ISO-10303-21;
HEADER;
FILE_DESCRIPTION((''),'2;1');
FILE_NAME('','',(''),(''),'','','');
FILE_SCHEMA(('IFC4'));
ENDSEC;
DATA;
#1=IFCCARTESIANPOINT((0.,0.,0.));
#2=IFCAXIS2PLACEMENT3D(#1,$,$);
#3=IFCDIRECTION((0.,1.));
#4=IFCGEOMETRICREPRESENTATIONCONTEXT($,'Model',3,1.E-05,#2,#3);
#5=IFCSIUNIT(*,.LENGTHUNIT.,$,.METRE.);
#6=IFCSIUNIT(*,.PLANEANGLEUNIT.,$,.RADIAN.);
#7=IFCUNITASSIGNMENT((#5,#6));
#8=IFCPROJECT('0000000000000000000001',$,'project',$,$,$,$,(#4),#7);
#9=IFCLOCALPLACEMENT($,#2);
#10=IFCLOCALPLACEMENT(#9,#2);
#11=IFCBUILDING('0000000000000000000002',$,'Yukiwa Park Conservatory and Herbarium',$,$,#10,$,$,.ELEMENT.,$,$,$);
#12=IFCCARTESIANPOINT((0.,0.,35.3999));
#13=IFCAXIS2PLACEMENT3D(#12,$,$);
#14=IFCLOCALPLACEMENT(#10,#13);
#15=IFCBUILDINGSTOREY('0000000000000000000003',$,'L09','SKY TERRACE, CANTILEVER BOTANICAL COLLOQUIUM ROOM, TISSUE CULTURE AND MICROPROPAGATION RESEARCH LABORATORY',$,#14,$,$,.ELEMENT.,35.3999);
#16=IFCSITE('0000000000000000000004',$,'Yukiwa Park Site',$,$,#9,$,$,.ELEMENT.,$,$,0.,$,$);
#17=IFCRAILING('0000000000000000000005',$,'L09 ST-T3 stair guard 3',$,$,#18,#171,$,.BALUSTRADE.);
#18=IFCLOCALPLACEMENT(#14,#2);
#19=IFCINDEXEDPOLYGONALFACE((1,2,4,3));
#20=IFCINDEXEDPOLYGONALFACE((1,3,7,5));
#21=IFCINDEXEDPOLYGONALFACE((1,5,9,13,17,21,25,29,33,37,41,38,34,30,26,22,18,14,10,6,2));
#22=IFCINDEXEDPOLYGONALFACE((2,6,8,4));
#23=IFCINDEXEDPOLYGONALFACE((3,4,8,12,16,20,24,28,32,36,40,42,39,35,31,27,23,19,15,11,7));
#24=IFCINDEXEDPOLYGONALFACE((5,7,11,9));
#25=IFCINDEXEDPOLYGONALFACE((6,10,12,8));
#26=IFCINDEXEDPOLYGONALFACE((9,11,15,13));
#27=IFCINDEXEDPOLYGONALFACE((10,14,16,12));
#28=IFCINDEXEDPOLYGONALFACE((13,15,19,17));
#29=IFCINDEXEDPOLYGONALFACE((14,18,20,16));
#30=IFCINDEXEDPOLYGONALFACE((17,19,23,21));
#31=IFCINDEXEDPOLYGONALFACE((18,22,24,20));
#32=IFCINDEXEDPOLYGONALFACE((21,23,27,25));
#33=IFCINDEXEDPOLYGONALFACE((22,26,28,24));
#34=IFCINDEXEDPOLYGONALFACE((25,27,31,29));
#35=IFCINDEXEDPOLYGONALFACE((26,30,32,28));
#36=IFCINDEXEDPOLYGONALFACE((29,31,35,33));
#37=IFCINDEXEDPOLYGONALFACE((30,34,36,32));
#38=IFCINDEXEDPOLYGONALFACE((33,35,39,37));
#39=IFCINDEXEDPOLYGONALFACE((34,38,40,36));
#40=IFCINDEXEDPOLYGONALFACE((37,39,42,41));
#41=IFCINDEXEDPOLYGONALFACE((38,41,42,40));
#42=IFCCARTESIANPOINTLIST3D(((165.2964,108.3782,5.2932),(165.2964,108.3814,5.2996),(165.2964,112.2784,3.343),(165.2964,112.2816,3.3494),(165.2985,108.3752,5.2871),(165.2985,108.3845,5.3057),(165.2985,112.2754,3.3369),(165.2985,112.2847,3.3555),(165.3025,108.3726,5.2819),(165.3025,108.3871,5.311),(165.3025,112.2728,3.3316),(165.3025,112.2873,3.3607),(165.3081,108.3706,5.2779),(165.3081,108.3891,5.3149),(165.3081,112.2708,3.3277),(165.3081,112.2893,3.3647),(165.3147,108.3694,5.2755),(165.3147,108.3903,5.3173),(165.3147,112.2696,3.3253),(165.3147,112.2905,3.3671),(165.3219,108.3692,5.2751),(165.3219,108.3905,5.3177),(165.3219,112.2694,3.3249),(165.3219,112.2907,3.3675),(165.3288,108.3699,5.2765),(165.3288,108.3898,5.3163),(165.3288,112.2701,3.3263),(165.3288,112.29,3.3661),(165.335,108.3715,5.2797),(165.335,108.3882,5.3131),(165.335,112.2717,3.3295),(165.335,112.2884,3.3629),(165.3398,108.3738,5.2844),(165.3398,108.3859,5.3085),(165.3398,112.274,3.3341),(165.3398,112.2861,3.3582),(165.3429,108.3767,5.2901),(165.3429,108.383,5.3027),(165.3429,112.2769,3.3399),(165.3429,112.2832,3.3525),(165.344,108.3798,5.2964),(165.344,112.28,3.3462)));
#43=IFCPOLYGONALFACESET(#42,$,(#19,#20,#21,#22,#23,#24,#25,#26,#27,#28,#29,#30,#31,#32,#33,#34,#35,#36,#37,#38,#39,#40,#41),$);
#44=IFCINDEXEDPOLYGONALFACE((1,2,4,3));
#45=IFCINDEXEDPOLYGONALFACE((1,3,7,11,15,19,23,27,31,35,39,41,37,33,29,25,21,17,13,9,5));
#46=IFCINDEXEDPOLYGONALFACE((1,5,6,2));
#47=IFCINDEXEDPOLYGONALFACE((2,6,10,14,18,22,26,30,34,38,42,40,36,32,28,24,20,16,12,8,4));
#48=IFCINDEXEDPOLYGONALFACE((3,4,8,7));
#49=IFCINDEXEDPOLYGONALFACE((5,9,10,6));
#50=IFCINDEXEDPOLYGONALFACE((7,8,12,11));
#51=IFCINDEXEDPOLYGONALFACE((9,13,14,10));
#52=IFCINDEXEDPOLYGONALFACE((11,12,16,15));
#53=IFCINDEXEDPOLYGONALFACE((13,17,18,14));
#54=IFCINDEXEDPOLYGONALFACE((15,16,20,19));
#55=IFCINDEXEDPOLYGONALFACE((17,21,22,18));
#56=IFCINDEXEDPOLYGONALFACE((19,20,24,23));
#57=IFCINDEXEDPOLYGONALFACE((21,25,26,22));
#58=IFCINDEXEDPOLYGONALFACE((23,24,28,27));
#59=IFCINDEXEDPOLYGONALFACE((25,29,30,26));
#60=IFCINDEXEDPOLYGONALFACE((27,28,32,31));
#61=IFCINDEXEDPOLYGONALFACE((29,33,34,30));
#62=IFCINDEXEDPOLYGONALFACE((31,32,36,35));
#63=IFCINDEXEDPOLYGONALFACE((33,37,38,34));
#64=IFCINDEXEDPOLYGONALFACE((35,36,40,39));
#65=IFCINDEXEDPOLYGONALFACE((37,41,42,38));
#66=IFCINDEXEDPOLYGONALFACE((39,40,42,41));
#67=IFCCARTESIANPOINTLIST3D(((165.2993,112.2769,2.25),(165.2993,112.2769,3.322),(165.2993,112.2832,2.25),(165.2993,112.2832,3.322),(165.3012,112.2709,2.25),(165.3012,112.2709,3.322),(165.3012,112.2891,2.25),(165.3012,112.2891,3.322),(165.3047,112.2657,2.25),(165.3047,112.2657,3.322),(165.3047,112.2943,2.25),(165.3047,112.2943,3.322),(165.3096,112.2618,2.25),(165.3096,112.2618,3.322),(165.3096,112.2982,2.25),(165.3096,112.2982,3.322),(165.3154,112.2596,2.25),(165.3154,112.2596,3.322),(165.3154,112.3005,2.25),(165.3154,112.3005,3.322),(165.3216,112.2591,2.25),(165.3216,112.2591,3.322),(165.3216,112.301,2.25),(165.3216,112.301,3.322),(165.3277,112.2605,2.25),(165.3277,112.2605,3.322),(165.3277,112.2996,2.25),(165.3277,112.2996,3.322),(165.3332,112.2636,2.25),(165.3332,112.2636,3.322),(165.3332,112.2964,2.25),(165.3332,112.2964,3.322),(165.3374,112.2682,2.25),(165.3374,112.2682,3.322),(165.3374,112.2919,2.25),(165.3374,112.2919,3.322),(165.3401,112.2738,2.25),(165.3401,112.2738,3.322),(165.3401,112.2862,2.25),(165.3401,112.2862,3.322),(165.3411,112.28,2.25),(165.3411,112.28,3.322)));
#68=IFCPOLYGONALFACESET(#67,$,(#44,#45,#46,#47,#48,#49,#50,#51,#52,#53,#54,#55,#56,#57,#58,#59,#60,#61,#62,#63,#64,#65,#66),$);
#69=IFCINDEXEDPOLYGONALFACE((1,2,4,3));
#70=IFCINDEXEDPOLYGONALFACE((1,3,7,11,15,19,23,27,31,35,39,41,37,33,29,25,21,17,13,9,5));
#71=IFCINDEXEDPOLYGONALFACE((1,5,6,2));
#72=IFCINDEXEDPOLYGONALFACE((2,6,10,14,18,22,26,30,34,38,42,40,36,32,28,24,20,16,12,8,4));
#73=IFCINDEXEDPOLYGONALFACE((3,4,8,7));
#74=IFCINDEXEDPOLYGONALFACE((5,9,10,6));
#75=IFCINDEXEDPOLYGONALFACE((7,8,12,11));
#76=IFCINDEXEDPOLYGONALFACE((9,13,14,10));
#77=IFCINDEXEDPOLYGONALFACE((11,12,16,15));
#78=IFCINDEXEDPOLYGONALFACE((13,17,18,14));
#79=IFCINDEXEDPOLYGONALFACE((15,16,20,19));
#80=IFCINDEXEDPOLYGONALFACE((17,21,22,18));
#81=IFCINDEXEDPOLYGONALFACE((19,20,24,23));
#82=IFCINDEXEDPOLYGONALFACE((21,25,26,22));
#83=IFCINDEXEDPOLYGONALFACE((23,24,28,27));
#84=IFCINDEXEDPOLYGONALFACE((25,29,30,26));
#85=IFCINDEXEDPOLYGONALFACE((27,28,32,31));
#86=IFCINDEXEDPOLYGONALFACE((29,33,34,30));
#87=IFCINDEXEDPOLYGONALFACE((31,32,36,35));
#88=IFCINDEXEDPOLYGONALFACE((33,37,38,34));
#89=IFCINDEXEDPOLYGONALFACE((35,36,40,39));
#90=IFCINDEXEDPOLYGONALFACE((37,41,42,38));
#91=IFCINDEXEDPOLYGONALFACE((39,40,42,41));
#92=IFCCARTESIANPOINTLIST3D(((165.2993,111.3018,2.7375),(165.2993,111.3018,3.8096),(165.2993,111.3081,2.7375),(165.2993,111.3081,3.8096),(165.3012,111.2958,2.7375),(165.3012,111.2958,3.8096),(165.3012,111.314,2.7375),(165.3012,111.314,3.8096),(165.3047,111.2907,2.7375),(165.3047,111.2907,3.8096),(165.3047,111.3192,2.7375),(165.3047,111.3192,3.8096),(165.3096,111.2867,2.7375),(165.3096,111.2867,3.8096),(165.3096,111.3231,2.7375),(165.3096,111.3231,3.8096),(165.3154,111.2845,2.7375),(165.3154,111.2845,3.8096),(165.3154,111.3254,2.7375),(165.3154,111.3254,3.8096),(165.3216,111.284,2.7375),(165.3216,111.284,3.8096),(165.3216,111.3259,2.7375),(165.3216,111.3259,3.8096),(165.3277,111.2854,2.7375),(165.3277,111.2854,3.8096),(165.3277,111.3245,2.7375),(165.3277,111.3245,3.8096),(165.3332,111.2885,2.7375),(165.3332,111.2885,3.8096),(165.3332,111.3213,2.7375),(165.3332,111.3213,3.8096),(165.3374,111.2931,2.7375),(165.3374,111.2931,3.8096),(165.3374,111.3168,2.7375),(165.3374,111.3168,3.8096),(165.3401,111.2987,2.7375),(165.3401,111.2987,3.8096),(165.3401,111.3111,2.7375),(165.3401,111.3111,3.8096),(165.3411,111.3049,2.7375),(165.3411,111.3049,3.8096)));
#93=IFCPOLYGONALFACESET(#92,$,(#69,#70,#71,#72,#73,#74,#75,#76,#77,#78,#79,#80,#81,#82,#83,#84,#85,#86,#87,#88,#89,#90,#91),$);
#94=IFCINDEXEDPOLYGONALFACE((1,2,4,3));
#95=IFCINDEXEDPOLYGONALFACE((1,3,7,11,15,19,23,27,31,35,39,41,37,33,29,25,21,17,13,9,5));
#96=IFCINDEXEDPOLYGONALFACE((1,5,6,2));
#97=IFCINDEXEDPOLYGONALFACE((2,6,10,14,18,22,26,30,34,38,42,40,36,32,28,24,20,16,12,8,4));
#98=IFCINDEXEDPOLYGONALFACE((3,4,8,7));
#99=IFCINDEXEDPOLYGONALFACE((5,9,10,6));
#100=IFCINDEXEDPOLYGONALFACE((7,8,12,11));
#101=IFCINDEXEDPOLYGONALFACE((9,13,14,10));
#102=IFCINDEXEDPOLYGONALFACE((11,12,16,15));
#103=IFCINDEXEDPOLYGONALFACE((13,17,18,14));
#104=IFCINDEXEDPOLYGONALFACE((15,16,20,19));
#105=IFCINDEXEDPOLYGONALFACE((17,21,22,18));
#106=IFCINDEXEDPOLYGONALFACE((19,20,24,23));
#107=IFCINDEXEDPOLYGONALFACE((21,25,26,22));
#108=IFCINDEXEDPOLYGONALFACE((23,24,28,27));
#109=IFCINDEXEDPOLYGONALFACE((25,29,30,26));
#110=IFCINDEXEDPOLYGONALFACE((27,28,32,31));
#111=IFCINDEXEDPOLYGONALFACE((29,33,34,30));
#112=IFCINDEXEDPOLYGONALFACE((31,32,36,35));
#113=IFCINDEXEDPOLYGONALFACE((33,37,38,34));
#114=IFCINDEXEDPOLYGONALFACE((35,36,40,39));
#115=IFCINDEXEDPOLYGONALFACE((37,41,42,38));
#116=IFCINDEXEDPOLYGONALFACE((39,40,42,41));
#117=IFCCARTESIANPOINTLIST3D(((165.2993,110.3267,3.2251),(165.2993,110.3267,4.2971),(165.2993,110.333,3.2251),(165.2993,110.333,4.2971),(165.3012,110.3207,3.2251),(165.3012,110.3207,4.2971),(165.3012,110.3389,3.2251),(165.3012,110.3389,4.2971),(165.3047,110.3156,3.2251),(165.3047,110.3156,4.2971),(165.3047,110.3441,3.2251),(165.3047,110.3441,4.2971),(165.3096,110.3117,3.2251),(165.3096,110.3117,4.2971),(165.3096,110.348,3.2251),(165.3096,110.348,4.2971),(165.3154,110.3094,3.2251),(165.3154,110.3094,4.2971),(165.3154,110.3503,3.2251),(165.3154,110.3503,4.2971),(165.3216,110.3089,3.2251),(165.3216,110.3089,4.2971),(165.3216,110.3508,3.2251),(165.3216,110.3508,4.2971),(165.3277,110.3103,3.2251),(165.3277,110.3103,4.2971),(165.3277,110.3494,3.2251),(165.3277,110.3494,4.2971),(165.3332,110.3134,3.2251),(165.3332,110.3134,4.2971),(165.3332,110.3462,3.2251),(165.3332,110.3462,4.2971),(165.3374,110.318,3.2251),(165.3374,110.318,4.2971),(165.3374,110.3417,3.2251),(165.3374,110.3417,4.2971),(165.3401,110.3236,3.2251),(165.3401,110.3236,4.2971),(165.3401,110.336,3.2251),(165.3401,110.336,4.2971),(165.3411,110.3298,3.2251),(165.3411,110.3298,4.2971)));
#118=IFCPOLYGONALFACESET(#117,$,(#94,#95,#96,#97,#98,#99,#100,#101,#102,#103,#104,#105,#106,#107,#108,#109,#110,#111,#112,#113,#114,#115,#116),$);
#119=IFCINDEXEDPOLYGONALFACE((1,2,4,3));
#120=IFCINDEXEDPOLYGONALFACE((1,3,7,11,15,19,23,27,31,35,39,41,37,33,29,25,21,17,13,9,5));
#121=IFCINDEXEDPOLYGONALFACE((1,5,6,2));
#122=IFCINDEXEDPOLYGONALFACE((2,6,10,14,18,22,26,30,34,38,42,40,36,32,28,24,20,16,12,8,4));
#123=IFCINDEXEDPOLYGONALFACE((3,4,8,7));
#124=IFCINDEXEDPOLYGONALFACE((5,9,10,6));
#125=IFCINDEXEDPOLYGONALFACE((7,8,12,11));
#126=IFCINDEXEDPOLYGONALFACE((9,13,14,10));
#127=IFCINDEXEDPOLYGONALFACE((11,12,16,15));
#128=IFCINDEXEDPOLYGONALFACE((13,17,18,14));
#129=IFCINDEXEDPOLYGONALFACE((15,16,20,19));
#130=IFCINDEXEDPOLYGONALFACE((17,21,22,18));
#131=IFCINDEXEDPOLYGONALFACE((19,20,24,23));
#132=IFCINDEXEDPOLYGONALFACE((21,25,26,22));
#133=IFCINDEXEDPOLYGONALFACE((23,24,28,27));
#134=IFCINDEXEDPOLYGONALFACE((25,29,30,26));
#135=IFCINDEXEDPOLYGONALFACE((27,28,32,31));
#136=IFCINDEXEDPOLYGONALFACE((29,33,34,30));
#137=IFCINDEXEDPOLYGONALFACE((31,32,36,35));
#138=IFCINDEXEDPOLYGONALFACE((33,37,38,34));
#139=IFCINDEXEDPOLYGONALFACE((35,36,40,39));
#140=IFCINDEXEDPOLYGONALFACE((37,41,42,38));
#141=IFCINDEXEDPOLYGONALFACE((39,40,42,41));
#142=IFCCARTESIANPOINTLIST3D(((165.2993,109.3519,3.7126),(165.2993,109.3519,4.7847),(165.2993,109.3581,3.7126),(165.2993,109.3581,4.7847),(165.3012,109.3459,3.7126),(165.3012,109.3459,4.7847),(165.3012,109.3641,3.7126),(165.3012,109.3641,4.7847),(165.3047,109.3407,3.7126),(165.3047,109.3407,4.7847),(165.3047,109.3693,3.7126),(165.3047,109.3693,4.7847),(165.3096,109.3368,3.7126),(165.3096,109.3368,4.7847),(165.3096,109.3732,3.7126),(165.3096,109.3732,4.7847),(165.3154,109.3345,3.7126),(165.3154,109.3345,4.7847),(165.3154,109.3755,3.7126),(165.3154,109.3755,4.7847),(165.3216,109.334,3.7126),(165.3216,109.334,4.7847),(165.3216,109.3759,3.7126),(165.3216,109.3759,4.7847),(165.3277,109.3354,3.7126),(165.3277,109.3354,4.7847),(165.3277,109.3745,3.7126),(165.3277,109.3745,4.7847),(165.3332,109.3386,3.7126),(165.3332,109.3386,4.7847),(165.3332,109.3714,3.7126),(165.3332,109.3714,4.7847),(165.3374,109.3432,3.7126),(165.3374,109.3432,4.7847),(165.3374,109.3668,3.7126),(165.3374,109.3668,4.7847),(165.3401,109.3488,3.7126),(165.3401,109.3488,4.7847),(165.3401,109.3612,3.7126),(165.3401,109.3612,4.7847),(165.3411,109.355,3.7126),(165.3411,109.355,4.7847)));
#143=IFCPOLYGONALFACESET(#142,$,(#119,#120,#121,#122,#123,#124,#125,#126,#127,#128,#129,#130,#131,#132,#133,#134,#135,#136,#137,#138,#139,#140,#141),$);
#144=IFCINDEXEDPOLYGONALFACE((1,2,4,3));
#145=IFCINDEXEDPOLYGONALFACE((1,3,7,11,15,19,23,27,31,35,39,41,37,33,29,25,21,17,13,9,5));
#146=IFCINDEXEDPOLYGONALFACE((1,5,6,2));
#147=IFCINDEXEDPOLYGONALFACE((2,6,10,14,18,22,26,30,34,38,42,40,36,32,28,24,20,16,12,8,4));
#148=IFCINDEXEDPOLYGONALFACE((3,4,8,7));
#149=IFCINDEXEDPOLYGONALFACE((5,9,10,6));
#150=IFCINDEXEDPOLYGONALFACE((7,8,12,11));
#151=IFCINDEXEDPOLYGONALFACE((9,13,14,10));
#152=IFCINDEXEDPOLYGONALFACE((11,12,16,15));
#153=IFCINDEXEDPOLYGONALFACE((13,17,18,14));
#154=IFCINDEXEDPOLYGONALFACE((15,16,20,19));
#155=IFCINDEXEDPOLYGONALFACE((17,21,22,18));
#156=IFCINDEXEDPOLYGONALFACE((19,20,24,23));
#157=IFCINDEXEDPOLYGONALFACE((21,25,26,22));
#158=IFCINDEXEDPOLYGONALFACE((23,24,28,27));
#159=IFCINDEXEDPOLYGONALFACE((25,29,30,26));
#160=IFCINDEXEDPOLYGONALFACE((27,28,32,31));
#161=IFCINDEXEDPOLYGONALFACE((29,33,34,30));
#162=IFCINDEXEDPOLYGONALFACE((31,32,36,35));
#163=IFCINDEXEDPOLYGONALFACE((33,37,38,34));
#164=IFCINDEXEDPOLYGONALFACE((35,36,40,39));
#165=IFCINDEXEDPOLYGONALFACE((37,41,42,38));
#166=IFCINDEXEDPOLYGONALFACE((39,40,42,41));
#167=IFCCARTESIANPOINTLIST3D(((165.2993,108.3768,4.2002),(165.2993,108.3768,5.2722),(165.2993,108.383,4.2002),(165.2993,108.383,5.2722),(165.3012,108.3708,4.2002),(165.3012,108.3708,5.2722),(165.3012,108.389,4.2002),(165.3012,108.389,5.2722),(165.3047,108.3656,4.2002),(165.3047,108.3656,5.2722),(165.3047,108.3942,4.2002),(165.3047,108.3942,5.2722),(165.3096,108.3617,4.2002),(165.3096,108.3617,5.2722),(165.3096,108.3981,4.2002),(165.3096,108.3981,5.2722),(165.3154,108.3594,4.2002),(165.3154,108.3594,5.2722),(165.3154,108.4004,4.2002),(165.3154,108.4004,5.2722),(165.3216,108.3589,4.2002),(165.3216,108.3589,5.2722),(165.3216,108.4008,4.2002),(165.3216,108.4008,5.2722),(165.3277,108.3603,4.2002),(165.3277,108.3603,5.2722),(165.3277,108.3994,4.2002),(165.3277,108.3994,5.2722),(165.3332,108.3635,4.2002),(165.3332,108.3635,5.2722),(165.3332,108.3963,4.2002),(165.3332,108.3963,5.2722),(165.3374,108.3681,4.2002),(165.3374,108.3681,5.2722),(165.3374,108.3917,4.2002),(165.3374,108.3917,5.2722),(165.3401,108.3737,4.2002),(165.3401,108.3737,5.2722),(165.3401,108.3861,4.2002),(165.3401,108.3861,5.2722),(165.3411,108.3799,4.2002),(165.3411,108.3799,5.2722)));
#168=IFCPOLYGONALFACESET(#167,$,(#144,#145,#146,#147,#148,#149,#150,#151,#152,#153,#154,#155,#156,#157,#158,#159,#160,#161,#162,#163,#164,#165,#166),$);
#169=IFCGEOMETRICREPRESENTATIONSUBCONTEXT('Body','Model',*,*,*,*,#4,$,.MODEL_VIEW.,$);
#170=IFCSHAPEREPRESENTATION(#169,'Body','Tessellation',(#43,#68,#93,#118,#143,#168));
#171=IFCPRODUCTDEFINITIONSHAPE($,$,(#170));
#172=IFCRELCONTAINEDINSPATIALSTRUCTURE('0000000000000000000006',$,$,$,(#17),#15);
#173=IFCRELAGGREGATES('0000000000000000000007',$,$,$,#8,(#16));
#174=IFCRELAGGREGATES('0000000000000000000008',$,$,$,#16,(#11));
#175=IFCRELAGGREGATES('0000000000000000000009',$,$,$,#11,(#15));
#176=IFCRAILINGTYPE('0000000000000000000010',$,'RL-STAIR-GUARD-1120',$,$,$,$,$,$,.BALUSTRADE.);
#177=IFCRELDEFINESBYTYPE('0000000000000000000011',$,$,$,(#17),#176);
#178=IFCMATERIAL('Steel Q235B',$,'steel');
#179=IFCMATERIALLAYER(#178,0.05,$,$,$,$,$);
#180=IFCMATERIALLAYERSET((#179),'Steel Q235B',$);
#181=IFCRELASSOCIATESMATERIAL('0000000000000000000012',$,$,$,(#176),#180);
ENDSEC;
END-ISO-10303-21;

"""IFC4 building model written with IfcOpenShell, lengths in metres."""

from ifc_helpers import new_model, si_unit, direction, frame, origin, origin_2d, place, context, subcontext, project, spatial, circle, extrude, material, layer, layer_set, type_object, element, save


model = new_model("IFC4")

# Units and contexts
model_context = context("Model", 3, precision=1e-05, world=origin(), true_north=direction((0.0, 1.0)))
body_context = subcontext(model_context, "Body", "Model", "MODEL_VIEW")
ifc_project = project(units=[si_unit("LENGTHUNIT", "METRE"), si_unit("PLANEANGLEUNIT", "RADIAN")], contexts=[model_context])

# Site, building, storey
site_placement = place(None, origin())
site = spatial("IfcSite", under=ifc_project, at=site_placement, Name="Yukiwa Park Site", CompositionType="ELEMENT", RefElevation=0.0)
building_placement = place(site_placement, origin())
building = spatial("IfcBuilding", under=site, at=building_placement, Name="Yukiwa Park Conservatory and Herbarium", CompositionType="ELEMENT")
storey_placement = place(building_placement, frame((0.0, 0.0, 35.3999)))
storey = spatial("IfcBuildingStorey", under=building, at=storey_placement, Name="L09", Description="SKY TERRACE, CANTILEVER BOTANICAL COLLOQUIUM ROOM, TISSUE CULTURE AND MICROPROPAGATION RESEARCH LABORATORY", CompositionType="ELEMENT", Elevation=35.3999)

# Railing
ifc_material_1 = material(Name="Steel Q235B", Category="steel")
ifc_layer_1 = layer(ifc_material_1, 0.05)
ifc_layer_set_1 = layer_set([ifc_layer_1], Name="Steel Q235B")
railing_type_1 = type_object("IfcRailingType", Name="RL-STAIR-GUARD-1120", PredefinedType="BALUSTRADE", material=ifc_layer_set_1)
railing_1_placement = place(storey_placement, frame((165.3201, 112.28, 2.25)))
element("IfcRailing", 1, at=railing_1_placement, inside=storey, type_object=railing_type_1, Name="L09 ST-T3 stair guard 3", PredefinedType="BALUSTRADE", context=body_context, shape_type="SweptSolid", body=[
    extrude(circle(Radius=0.0239, at=origin_2d()), frame((0.0, 0.0, 1.0962), z_axis=(0.0, -0.894416, 0.447236), x_axis=(1.0, 0.0, 0.0)), (0.0, 0.0, 1.0), 4.3606),
    extrude(circle(Radius=0.021, at=origin_2d()), origin(), (0.0, 0.0, 1.0), 1.072),
    extrude(circle(Radius=0.021, at=origin_2d()), frame((0.0, -0.9751, 0.4875)), (0.0, 0.0, 1.0), 1.072),
    extrude(circle(Radius=0.021, at=origin_2d()), frame((0.0, -1.9502, 0.9751)), (0.0, 0.0, 1.0), 1.072),
    extrude(circle(Radius=0.021, at=origin_2d()), frame((0.0, -2.925, 1.4626)), (0.0, 0.0, 1.0), 1.072),
    extrude(circle(Radius=0.021, at=origin_2d()), frame((0.0, -3.9001, 1.9502)), (0.0, 0.0, 1.0), 1.072),
])

save(model, "model.ifc")
